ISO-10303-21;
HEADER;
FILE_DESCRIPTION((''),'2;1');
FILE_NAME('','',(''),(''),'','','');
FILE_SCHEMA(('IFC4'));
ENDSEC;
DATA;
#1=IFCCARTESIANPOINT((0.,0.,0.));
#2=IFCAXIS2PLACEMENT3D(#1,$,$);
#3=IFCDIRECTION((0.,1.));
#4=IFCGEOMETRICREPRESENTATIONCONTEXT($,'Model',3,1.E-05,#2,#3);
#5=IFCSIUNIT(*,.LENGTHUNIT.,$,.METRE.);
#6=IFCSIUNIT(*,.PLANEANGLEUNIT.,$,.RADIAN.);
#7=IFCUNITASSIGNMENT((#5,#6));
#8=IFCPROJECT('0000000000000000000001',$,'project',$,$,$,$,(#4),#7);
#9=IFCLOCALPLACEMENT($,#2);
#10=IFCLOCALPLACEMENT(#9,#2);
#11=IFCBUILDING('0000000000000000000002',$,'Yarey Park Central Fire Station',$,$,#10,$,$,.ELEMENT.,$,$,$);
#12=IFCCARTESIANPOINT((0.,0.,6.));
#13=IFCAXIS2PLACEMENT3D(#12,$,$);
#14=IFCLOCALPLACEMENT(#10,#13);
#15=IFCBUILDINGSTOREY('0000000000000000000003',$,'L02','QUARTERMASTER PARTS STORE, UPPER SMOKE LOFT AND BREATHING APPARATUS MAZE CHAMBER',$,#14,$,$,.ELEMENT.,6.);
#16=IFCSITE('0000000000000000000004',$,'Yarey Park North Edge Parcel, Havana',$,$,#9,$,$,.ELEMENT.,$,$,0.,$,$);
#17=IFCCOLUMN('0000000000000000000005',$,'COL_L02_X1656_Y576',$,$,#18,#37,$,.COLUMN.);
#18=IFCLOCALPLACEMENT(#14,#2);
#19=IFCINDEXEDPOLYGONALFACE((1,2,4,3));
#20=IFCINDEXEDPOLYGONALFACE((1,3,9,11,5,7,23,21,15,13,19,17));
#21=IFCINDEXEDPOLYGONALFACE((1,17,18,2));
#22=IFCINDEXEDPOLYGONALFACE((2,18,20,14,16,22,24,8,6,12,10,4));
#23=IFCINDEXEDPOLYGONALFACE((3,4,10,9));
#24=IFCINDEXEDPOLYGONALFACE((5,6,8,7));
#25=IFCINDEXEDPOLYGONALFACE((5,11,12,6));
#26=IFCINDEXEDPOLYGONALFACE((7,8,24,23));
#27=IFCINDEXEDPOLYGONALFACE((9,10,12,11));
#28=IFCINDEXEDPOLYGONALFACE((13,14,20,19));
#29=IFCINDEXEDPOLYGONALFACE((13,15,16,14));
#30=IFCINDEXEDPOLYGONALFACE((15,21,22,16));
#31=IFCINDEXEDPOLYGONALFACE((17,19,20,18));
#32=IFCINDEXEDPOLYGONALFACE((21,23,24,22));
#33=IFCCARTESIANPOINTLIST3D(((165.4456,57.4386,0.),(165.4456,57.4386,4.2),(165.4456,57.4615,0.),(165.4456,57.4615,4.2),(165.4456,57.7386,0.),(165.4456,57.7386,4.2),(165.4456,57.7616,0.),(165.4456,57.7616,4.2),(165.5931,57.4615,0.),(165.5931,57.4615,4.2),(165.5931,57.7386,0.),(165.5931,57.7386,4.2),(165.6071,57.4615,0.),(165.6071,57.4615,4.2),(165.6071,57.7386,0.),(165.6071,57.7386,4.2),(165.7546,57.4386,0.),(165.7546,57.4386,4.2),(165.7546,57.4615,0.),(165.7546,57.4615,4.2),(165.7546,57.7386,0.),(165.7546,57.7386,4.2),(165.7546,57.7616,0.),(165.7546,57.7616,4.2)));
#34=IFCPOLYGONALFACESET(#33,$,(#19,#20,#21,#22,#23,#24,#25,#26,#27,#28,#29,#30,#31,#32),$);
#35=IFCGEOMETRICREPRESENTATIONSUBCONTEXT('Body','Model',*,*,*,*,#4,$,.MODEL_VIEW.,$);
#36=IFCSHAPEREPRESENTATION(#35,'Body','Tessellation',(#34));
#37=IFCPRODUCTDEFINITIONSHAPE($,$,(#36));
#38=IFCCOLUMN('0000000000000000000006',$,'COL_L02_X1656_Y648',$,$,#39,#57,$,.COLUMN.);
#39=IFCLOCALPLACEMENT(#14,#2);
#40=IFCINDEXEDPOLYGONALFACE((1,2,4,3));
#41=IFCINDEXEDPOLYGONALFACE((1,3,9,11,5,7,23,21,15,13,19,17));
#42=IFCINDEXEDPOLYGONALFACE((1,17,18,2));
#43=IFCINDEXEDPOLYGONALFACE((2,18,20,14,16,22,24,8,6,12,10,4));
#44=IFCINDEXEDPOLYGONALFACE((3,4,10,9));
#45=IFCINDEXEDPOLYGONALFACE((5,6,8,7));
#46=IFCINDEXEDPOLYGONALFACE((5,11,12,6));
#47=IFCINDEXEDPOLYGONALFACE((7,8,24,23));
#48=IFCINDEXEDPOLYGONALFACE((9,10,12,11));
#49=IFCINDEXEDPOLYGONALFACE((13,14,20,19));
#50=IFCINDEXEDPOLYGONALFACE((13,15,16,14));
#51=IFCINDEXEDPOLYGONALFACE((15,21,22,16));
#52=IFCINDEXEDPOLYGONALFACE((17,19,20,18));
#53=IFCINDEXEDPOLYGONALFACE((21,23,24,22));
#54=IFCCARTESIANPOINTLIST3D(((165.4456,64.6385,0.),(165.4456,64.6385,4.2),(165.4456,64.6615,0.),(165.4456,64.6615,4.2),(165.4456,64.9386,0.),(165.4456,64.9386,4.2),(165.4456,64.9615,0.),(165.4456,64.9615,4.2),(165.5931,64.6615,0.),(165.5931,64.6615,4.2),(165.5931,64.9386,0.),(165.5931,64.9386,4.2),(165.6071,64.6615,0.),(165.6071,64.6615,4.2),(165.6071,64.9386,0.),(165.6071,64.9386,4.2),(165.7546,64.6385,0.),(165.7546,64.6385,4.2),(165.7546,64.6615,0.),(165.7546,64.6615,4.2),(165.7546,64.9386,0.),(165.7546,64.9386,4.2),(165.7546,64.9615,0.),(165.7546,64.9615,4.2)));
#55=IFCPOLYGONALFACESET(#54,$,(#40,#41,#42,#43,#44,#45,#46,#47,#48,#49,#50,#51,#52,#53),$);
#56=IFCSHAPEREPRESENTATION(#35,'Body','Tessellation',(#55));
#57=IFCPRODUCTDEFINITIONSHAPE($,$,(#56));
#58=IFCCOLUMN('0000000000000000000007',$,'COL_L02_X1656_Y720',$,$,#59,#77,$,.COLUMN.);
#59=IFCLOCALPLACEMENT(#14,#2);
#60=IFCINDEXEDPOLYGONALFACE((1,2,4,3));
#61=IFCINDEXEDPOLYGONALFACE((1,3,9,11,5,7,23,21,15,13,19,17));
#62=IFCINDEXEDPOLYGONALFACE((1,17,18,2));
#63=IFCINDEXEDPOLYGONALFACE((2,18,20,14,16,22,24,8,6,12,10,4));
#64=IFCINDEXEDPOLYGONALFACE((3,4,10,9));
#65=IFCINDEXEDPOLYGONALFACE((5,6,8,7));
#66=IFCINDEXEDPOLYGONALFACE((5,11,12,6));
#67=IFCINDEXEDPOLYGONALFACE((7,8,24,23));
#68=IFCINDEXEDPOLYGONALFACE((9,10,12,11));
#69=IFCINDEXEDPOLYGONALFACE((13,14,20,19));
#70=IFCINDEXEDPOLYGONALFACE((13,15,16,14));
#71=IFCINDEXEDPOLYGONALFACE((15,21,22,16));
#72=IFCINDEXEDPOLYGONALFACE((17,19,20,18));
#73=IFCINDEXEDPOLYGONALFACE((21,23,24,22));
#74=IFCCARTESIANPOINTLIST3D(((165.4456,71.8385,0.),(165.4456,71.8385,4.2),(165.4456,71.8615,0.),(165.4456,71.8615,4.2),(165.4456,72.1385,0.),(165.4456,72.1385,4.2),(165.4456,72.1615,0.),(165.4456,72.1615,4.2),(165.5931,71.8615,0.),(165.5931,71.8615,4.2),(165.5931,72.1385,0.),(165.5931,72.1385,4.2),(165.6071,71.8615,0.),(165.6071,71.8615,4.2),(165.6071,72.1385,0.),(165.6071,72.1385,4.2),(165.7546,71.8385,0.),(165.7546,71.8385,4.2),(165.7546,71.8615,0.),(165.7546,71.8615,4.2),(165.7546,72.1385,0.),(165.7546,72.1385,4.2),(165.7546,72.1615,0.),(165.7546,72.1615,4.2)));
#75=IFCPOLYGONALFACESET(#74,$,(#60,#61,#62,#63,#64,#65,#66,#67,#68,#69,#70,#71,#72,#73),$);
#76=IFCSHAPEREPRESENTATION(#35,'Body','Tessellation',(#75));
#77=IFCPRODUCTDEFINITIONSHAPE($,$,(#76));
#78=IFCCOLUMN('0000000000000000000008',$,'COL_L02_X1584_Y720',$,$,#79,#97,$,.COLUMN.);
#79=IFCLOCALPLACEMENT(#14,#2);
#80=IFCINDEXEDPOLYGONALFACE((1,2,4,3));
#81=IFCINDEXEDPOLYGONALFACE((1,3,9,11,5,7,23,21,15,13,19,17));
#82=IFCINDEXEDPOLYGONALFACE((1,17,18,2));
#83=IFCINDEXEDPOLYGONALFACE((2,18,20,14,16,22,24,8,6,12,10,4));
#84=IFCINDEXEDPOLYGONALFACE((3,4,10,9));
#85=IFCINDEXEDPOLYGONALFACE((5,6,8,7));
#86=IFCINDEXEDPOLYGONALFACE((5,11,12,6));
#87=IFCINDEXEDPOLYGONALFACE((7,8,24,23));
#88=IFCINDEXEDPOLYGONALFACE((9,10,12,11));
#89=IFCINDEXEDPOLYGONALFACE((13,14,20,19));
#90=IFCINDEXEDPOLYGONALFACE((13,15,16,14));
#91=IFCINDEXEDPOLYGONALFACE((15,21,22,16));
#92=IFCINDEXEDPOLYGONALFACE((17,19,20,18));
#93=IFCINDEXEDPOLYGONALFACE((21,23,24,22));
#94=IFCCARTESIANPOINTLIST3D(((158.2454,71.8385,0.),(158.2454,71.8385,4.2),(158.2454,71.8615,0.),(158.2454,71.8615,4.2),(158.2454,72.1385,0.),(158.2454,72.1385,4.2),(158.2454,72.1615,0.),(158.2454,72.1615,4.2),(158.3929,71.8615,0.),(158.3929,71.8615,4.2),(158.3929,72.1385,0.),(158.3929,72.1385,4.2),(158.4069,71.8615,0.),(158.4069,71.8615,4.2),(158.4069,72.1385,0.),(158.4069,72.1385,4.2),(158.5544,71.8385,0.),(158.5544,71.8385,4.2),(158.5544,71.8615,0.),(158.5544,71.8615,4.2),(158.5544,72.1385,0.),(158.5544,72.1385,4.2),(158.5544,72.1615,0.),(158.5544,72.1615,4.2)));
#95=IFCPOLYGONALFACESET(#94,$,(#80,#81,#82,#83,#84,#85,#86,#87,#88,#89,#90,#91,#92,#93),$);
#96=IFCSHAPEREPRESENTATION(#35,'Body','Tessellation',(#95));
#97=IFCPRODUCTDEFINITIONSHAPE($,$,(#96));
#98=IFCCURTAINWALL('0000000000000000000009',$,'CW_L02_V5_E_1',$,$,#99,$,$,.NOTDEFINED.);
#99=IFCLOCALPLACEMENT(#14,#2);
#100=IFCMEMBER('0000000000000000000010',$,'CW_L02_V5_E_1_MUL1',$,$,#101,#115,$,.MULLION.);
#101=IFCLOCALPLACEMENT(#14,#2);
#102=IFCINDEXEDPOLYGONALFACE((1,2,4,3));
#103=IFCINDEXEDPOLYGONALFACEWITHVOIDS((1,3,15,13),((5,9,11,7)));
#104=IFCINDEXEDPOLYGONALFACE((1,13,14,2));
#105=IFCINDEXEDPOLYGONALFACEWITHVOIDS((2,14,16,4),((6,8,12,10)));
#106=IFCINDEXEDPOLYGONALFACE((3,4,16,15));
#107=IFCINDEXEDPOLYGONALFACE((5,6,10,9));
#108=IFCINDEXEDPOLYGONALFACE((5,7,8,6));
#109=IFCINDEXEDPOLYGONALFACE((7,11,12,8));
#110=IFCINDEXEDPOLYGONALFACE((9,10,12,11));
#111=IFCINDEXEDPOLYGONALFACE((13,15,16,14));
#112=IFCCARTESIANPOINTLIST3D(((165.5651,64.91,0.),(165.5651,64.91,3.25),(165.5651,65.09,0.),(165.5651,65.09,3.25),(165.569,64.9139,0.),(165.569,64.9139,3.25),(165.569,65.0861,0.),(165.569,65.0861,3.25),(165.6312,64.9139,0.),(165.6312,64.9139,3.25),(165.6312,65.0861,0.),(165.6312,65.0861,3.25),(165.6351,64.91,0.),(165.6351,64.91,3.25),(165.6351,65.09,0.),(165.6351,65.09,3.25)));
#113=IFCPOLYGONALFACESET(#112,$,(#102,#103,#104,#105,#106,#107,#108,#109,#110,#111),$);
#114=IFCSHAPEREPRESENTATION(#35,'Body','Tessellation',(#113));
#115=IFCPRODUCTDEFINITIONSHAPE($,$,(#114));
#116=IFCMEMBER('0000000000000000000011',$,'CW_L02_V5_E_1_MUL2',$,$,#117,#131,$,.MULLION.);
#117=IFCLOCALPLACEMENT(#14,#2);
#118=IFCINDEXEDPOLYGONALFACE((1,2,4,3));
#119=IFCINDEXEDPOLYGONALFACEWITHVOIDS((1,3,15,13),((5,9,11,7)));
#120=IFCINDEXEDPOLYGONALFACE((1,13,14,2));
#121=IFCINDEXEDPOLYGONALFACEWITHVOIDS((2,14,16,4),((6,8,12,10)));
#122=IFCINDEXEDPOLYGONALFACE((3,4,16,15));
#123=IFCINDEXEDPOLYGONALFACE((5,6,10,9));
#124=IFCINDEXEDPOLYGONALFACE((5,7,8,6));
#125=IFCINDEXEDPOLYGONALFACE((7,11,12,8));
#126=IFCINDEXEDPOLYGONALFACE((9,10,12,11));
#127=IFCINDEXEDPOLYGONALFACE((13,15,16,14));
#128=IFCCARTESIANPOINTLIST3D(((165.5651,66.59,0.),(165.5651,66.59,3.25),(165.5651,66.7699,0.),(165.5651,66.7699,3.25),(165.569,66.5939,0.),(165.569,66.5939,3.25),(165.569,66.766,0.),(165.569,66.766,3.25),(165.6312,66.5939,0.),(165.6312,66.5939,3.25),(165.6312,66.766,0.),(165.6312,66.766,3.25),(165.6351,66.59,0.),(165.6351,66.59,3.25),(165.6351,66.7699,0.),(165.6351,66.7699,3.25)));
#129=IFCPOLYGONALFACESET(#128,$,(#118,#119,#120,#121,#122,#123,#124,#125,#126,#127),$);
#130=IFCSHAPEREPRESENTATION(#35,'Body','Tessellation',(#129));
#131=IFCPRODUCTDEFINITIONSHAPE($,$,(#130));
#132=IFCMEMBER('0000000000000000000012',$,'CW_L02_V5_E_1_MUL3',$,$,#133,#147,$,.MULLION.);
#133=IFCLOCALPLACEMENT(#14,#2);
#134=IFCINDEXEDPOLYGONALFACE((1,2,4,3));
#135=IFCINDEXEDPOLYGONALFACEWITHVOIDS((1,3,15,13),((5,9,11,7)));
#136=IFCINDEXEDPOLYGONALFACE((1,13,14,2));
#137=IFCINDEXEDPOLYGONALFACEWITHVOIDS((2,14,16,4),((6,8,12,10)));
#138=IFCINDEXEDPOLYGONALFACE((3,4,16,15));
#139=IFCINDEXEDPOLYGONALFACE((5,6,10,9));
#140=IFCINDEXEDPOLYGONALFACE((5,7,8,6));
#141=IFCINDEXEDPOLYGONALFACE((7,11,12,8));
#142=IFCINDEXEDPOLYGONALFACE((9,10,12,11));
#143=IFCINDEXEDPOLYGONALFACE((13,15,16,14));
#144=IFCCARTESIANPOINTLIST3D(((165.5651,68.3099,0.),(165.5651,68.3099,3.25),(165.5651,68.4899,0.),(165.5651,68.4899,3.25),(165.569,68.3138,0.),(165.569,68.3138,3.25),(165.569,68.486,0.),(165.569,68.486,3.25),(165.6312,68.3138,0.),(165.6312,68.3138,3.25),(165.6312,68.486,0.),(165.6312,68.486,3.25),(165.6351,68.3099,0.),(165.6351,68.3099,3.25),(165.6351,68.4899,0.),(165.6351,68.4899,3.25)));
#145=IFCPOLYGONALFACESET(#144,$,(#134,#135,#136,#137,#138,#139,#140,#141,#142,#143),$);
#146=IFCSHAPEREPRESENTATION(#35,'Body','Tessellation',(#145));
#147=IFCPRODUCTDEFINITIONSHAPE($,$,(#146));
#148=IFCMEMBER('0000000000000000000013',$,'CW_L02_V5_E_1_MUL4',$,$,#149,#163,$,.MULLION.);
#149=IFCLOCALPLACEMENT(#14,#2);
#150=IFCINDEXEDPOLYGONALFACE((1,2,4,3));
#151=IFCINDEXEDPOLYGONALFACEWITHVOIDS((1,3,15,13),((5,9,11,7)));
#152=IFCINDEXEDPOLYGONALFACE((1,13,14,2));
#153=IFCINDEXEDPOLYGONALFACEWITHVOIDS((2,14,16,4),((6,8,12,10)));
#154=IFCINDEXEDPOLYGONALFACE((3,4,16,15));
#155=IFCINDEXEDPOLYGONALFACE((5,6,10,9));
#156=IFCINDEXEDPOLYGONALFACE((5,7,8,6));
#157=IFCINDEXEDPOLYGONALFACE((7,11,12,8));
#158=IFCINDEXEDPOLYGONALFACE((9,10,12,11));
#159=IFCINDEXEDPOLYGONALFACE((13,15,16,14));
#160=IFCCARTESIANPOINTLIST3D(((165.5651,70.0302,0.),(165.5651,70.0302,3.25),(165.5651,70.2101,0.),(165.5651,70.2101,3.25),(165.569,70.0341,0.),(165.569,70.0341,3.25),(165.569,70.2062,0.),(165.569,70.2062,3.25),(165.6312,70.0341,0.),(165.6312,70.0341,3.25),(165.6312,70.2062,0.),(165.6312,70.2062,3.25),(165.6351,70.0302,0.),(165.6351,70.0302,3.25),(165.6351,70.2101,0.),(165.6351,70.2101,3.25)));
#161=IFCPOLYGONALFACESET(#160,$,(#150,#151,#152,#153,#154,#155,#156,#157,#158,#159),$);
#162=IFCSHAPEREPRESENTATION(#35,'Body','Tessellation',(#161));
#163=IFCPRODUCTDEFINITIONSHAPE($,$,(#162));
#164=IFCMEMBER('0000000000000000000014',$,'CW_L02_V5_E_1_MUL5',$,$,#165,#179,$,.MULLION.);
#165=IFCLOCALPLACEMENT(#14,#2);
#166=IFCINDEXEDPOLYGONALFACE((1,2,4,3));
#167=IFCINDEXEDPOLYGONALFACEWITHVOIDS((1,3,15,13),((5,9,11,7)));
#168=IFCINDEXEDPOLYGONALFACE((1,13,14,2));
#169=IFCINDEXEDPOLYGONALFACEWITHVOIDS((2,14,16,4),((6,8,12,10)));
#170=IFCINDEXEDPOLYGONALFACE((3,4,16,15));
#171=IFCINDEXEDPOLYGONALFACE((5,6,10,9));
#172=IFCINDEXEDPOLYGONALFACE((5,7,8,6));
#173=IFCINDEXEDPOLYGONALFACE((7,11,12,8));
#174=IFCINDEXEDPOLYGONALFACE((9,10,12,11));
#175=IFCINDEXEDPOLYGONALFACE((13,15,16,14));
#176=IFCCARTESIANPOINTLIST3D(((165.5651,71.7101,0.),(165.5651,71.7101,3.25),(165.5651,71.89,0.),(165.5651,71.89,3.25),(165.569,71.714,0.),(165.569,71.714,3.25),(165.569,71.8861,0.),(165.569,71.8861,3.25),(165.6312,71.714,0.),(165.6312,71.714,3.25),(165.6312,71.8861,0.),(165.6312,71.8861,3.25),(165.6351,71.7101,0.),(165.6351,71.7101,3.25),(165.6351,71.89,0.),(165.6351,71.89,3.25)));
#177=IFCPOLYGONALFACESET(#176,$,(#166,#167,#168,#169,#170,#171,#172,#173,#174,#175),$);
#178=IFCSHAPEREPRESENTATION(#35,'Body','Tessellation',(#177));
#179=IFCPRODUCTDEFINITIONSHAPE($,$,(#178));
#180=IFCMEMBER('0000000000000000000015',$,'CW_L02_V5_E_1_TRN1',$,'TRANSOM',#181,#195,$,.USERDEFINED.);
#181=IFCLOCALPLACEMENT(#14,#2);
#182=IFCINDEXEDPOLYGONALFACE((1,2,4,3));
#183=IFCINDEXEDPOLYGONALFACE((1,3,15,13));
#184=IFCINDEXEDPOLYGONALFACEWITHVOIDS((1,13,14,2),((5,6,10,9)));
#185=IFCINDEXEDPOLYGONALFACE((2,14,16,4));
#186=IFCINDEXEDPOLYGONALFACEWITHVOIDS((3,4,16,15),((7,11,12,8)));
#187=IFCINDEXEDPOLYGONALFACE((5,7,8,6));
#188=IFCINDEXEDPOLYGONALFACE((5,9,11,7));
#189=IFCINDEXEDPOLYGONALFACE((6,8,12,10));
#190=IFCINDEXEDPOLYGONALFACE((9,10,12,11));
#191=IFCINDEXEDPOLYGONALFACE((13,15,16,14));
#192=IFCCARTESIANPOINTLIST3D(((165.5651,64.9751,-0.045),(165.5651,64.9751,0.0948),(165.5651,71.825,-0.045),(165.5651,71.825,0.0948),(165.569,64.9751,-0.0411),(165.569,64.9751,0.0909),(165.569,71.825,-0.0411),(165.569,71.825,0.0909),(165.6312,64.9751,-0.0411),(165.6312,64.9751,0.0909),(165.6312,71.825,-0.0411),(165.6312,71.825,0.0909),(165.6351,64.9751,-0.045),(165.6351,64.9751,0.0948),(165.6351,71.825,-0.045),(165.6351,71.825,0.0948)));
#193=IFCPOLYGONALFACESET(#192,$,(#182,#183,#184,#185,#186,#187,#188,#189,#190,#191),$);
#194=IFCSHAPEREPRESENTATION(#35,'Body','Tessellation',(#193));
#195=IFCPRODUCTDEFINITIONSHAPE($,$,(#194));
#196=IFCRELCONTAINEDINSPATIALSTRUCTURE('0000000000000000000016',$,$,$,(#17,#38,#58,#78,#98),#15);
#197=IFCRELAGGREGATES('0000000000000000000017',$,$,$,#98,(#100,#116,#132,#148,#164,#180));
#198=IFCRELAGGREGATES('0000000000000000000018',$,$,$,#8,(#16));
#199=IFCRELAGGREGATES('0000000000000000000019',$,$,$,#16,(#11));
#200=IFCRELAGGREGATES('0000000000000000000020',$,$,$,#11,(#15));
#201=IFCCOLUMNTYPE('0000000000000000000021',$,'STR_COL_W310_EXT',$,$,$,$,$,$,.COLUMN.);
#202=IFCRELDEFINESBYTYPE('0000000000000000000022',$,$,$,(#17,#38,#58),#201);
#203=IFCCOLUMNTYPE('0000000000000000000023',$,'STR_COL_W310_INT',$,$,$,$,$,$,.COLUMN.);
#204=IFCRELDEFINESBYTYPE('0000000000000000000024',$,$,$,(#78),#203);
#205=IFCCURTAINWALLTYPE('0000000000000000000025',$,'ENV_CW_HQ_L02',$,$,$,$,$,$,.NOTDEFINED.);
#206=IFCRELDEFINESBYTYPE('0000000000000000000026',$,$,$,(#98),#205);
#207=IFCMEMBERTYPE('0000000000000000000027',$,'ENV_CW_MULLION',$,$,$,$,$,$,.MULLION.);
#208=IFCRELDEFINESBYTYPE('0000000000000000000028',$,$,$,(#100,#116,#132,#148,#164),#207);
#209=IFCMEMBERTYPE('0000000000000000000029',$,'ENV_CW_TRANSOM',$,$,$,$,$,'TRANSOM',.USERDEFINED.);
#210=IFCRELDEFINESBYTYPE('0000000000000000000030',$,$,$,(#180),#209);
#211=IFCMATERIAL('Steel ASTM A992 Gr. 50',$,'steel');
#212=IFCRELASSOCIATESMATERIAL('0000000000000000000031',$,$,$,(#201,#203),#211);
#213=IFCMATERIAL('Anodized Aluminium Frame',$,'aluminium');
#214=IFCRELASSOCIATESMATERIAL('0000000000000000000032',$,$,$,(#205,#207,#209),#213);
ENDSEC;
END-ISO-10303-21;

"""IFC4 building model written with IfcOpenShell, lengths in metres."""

from ifc_helpers import new_model, si_unit, direction, frame, origin, origin_2d, place, context, subcontext, project, spatial, hollow_rectangle, i_section, extrude, material, material_profile, profile_set, type_object, element, aggregate, save


model = new_model("IFC4")

# Units and contexts
model_context = context("Model", 3, precision=1e-05, world=origin(), true_north=direction((0.0, 1.0)))
body_context = subcontext(model_context, "Body", "Model", "MODEL_VIEW")
ifc_project = project(units=[si_unit("LENGTHUNIT", "METRE"), si_unit("PLANEANGLEUNIT", "RADIAN")], contexts=[model_context])

# Site, building, storey
site_placement = place(None, origin())
site = spatial("IfcSite", under=ifc_project, at=site_placement, Name="Yarey Park North Edge Parcel, Havana", CompositionType="ELEMENT", RefElevation=0.0)
building_placement = place(site_placement, origin())
building = spatial("IfcBuilding", under=site, at=building_placement, Name="Yarey Park Central Fire Station", CompositionType="ELEMENT")
storey_placement = place(building_placement, frame((0.0, 0.0, 6.0)))
storey = spatial("IfcBuildingStorey", under=building, at=storey_placement, Name="L02", Description="QUARTERMASTER PARTS STORE, UPPER SMOKE LOFT AND BREATHING APPARATUS MAZE CHAMBER", CompositionType="ELEMENT", Elevation=6.0)

# Columns
ifc_material_1 = material(Name="Steel ASTM A992 Gr. 50", Category="steel")
ifc_material_profile_1 = material_profile(ifc_material_1, i_section(OverallWidth=0.3091, OverallDepth=0.323, WebThickness=0.0139, FlangeThickness=0.0229, at=origin_2d()), Name="W310x143")
ifc_profile_set_1 = profile_set([ifc_material_profile_1], Name="Steel ASTM A992 Gr. 50")
column_type_1 = type_object("IfcColumnType", Name="STR_COL_W310_EXT", PredefinedType="COLUMN", material=ifc_profile_set_1)
for number, where, z_axis, x_axis, name in (
    (1, (165.6001, 57.6001, 0.0), (0.0, 0.0, 1.0), (1.0, 0.0, 0.0), "COL_L02_X1656_Y576"),
    (2, (165.6001, 64.8, 0.0), (0.0, 0.0, 1.0), (1.0, 0.0, 0.0), "COL_L02_X1656_Y648"),
    (3, (165.6001, 72.0, 0.0), (0.0, 0.0, 1.0), (1.0, 0.0, 0.0), "COL_L02_X1656_Y720"),
):
    element("IfcColumn", number, at=place(storey_placement, frame(where, z_axis=z_axis, x_axis=x_axis)), inside=storey, type_object=column_type_1, Name=name, PredefinedType="COLUMN", context=body_context, shape_type="SweptSolid", body=[
        extrude(i_section(OverallWidth=0.3091, OverallDepth=0.323, WebThickness=0.0139, FlangeThickness=0.0229, at=origin_2d()), origin(), (0.0, 0.0, 1.0), 4.2),
    ])
ifc_material_profile_2 = material_profile(ifc_material_1, i_section(OverallWidth=0.3091, OverallDepth=0.323, WebThickness=0.0139, FlangeThickness=0.0229, at=origin_2d()), Name="W310x143")
ifc_profile_set_2 = profile_set([ifc_material_profile_2], Name="Steel ASTM A992 Gr. 50")
column_type_2 = type_object("IfcColumnType", Name="STR_COL_W310_INT", PredefinedType="COLUMN", material=ifc_profile_set_2)
column_placement = place(storey_placement, frame((158.3999, 72.0, 0.0), z_axis=(0.0, 0.0, 1.0), x_axis=(1.0, 0.0, 0.0)))
element("IfcColumn", 4, at=column_placement, inside=storey, type_object=column_type_2, Name="COL_L02_X1584_Y720", PredefinedType="COLUMN", context=body_context, shape_type="SweptSolid", body=[
    extrude(i_section(OverallWidth=0.3091, OverallDepth=0.323, WebThickness=0.0139, FlangeThickness=0.0229, at=origin_2d()), origin(), (0.0, 0.0, 1.0), 4.2),
])

# Curtain wall, members
ifc_material_2 = material(Name="Anodized Aluminium Frame", Category="aluminium")
curtain_wall_type = type_object("IfcCurtainWallType", Name="ENV_CW_HQ_L02", PredefinedType="NOTDEFINED", material=ifc_material_2)
curtain_wall_1_placement = place(storey_placement, origin())
curtain_wall_1 = element("IfcCurtainWall", 5, at=curtain_wall_1_placement, inside=storey, type_object=curtain_wall_type, Name="CW_L02_V5_E_1", PredefinedType="NOTDEFINED")
ifc_material_profile_3 = material_profile(ifc_material_2, hollow_rectangle(XDim=0.0701, YDim=0.1799, WallThickness=0.0039, at=origin_2d()), Name="ALU 180x70x4")
ifc_profile_set_3 = profile_set([ifc_material_profile_3], Name="Anodized Aluminium Frame")
member_type_1 = type_object("IfcMemberType", Name="ENV_CW_MULLION", PredefinedType="MULLION", material=ifc_profile_set_3)
member_1_placement = place(storey_placement, frame((165.6001, 65.0, 0.0), z_axis=(0.0, 0.0, 1.0), x_axis=(1.0, 0.0, 0.0)))
member_1 = element("IfcMember", 6, at=member_1_placement, type_object=member_type_1, Name="CW_L02_V5_E_1_MUL1", PredefinedType="MULLION", context=body_context, shape_type="SweptSolid", body=[
    extrude(hollow_rectangle(XDim=0.0701, YDim=0.1799, WallThickness=0.0039, at=origin_2d()), origin(), (0.0, 0.0, 1.0), 3.25),
])
member_2_placement = place(storey_placement, frame((165.6001, 66.6799, 0.0), z_axis=(0.0, 0.0, 1.0), x_axis=(1.0, 0.0, 0.0)))
member_2 = element("IfcMember", 7, at=member_2_placement, type_object=member_type_1, Name="CW_L02_V5_E_1_MUL2", PredefinedType="MULLION", context=body_context, shape_type="SweptSolid", body=[
    extrude(hollow_rectangle(XDim=0.0701, YDim=0.1799, WallThickness=0.0039, at=origin_2d()), origin(), (0.0, 0.0, 1.0), 3.25),
])
member_3_placement = place(storey_placement, frame((165.6001, 68.3999, 0.0), z_axis=(0.0, 0.0, 1.0), x_axis=(1.0, 0.0, 0.0)))
member_3 = element("IfcMember", 8, at=member_3_placement, type_object=member_type_1, Name="CW_L02_V5_E_1_MUL3", PredefinedType="MULLION", context=body_context, shape_type="SweptSolid", body=[
    extrude(hollow_rectangle(XDim=0.0701, YDim=0.1799, WallThickness=0.0039, at=origin_2d()), origin(), (0.0, 0.0, 1.0), 3.25),
])
member_4_placement = place(storey_placement, frame((165.6001, 70.1201, 0.0), z_axis=(0.0, 0.0, 1.0), x_axis=(1.0, 0.0, 0.0)))
member_4 = element("IfcMember", 9, at=member_4_placement, type_object=member_type_1, Name="CW_L02_V5_E_1_MUL4", PredefinedType="MULLION", context=body_context, shape_type="SweptSolid", body=[
    extrude(hollow_rectangle(XDim=0.0701, YDim=0.1799, WallThickness=0.0039, at=origin_2d()), origin(), (0.0, 0.0, 1.0), 3.25),
])
member_5_placement = place(storey_placement, frame((165.6001, 71.8, 0.0), z_axis=(0.0, 0.0, 1.0), x_axis=(1.0, 0.0, 0.0)))
member_5 = element("IfcMember", 10, at=member_5_placement, type_object=member_type_1, Name="CW_L02_V5_E_1_MUL5", PredefinedType="MULLION", context=body_context, shape_type="SweptSolid", body=[
    extrude(hollow_rectangle(XDim=0.0701, YDim=0.1799, WallThickness=0.0039, at=origin_2d()), origin(), (0.0, 0.0, 1.0), 3.25),
])
ifc_material_profile_4 = material_profile(ifc_material_2, hollow_rectangle(XDim=0.0701, YDim=0.1399, WallThickness=0.0039, at=origin_2d()), Name="ALU 140x70x4")
ifc_profile_set_4 = profile_set([ifc_material_profile_4], Name="Anodized Aluminium Frame")
member_type_2 = type_object("IfcMemberType", Name="ENV_CW_TRANSOM", ElementType="TRANSOM", PredefinedType="USERDEFINED", material=ifc_profile_set_4)
member_6_placement = place(storey_placement, frame((165.6001, 64.9751, 0.0249), z_axis=(0.0, 1.0, 0.0), x_axis=(-1.0, 0.0, 0.0)))
member_6 = element("IfcMember", 11, at=member_6_placement, type_object=member_type_2, Name="CW_L02_V5_E_1_TRN1", ObjectType="TRANSOM", PredefinedType="USERDEFINED", context=body_context, shape_type="SweptSolid", body=[
    extrude(hollow_rectangle(XDim=0.0701, YDim=0.1399, WallThickness=0.0039, at=origin_2d()), origin(), (0.0, 0.0, 1.0), 6.8499),
])

aggregate(curtain_wall_1, [member_1, member_2, member_3, member_4, member_5, member_6])

save(model, "model.ifc")
